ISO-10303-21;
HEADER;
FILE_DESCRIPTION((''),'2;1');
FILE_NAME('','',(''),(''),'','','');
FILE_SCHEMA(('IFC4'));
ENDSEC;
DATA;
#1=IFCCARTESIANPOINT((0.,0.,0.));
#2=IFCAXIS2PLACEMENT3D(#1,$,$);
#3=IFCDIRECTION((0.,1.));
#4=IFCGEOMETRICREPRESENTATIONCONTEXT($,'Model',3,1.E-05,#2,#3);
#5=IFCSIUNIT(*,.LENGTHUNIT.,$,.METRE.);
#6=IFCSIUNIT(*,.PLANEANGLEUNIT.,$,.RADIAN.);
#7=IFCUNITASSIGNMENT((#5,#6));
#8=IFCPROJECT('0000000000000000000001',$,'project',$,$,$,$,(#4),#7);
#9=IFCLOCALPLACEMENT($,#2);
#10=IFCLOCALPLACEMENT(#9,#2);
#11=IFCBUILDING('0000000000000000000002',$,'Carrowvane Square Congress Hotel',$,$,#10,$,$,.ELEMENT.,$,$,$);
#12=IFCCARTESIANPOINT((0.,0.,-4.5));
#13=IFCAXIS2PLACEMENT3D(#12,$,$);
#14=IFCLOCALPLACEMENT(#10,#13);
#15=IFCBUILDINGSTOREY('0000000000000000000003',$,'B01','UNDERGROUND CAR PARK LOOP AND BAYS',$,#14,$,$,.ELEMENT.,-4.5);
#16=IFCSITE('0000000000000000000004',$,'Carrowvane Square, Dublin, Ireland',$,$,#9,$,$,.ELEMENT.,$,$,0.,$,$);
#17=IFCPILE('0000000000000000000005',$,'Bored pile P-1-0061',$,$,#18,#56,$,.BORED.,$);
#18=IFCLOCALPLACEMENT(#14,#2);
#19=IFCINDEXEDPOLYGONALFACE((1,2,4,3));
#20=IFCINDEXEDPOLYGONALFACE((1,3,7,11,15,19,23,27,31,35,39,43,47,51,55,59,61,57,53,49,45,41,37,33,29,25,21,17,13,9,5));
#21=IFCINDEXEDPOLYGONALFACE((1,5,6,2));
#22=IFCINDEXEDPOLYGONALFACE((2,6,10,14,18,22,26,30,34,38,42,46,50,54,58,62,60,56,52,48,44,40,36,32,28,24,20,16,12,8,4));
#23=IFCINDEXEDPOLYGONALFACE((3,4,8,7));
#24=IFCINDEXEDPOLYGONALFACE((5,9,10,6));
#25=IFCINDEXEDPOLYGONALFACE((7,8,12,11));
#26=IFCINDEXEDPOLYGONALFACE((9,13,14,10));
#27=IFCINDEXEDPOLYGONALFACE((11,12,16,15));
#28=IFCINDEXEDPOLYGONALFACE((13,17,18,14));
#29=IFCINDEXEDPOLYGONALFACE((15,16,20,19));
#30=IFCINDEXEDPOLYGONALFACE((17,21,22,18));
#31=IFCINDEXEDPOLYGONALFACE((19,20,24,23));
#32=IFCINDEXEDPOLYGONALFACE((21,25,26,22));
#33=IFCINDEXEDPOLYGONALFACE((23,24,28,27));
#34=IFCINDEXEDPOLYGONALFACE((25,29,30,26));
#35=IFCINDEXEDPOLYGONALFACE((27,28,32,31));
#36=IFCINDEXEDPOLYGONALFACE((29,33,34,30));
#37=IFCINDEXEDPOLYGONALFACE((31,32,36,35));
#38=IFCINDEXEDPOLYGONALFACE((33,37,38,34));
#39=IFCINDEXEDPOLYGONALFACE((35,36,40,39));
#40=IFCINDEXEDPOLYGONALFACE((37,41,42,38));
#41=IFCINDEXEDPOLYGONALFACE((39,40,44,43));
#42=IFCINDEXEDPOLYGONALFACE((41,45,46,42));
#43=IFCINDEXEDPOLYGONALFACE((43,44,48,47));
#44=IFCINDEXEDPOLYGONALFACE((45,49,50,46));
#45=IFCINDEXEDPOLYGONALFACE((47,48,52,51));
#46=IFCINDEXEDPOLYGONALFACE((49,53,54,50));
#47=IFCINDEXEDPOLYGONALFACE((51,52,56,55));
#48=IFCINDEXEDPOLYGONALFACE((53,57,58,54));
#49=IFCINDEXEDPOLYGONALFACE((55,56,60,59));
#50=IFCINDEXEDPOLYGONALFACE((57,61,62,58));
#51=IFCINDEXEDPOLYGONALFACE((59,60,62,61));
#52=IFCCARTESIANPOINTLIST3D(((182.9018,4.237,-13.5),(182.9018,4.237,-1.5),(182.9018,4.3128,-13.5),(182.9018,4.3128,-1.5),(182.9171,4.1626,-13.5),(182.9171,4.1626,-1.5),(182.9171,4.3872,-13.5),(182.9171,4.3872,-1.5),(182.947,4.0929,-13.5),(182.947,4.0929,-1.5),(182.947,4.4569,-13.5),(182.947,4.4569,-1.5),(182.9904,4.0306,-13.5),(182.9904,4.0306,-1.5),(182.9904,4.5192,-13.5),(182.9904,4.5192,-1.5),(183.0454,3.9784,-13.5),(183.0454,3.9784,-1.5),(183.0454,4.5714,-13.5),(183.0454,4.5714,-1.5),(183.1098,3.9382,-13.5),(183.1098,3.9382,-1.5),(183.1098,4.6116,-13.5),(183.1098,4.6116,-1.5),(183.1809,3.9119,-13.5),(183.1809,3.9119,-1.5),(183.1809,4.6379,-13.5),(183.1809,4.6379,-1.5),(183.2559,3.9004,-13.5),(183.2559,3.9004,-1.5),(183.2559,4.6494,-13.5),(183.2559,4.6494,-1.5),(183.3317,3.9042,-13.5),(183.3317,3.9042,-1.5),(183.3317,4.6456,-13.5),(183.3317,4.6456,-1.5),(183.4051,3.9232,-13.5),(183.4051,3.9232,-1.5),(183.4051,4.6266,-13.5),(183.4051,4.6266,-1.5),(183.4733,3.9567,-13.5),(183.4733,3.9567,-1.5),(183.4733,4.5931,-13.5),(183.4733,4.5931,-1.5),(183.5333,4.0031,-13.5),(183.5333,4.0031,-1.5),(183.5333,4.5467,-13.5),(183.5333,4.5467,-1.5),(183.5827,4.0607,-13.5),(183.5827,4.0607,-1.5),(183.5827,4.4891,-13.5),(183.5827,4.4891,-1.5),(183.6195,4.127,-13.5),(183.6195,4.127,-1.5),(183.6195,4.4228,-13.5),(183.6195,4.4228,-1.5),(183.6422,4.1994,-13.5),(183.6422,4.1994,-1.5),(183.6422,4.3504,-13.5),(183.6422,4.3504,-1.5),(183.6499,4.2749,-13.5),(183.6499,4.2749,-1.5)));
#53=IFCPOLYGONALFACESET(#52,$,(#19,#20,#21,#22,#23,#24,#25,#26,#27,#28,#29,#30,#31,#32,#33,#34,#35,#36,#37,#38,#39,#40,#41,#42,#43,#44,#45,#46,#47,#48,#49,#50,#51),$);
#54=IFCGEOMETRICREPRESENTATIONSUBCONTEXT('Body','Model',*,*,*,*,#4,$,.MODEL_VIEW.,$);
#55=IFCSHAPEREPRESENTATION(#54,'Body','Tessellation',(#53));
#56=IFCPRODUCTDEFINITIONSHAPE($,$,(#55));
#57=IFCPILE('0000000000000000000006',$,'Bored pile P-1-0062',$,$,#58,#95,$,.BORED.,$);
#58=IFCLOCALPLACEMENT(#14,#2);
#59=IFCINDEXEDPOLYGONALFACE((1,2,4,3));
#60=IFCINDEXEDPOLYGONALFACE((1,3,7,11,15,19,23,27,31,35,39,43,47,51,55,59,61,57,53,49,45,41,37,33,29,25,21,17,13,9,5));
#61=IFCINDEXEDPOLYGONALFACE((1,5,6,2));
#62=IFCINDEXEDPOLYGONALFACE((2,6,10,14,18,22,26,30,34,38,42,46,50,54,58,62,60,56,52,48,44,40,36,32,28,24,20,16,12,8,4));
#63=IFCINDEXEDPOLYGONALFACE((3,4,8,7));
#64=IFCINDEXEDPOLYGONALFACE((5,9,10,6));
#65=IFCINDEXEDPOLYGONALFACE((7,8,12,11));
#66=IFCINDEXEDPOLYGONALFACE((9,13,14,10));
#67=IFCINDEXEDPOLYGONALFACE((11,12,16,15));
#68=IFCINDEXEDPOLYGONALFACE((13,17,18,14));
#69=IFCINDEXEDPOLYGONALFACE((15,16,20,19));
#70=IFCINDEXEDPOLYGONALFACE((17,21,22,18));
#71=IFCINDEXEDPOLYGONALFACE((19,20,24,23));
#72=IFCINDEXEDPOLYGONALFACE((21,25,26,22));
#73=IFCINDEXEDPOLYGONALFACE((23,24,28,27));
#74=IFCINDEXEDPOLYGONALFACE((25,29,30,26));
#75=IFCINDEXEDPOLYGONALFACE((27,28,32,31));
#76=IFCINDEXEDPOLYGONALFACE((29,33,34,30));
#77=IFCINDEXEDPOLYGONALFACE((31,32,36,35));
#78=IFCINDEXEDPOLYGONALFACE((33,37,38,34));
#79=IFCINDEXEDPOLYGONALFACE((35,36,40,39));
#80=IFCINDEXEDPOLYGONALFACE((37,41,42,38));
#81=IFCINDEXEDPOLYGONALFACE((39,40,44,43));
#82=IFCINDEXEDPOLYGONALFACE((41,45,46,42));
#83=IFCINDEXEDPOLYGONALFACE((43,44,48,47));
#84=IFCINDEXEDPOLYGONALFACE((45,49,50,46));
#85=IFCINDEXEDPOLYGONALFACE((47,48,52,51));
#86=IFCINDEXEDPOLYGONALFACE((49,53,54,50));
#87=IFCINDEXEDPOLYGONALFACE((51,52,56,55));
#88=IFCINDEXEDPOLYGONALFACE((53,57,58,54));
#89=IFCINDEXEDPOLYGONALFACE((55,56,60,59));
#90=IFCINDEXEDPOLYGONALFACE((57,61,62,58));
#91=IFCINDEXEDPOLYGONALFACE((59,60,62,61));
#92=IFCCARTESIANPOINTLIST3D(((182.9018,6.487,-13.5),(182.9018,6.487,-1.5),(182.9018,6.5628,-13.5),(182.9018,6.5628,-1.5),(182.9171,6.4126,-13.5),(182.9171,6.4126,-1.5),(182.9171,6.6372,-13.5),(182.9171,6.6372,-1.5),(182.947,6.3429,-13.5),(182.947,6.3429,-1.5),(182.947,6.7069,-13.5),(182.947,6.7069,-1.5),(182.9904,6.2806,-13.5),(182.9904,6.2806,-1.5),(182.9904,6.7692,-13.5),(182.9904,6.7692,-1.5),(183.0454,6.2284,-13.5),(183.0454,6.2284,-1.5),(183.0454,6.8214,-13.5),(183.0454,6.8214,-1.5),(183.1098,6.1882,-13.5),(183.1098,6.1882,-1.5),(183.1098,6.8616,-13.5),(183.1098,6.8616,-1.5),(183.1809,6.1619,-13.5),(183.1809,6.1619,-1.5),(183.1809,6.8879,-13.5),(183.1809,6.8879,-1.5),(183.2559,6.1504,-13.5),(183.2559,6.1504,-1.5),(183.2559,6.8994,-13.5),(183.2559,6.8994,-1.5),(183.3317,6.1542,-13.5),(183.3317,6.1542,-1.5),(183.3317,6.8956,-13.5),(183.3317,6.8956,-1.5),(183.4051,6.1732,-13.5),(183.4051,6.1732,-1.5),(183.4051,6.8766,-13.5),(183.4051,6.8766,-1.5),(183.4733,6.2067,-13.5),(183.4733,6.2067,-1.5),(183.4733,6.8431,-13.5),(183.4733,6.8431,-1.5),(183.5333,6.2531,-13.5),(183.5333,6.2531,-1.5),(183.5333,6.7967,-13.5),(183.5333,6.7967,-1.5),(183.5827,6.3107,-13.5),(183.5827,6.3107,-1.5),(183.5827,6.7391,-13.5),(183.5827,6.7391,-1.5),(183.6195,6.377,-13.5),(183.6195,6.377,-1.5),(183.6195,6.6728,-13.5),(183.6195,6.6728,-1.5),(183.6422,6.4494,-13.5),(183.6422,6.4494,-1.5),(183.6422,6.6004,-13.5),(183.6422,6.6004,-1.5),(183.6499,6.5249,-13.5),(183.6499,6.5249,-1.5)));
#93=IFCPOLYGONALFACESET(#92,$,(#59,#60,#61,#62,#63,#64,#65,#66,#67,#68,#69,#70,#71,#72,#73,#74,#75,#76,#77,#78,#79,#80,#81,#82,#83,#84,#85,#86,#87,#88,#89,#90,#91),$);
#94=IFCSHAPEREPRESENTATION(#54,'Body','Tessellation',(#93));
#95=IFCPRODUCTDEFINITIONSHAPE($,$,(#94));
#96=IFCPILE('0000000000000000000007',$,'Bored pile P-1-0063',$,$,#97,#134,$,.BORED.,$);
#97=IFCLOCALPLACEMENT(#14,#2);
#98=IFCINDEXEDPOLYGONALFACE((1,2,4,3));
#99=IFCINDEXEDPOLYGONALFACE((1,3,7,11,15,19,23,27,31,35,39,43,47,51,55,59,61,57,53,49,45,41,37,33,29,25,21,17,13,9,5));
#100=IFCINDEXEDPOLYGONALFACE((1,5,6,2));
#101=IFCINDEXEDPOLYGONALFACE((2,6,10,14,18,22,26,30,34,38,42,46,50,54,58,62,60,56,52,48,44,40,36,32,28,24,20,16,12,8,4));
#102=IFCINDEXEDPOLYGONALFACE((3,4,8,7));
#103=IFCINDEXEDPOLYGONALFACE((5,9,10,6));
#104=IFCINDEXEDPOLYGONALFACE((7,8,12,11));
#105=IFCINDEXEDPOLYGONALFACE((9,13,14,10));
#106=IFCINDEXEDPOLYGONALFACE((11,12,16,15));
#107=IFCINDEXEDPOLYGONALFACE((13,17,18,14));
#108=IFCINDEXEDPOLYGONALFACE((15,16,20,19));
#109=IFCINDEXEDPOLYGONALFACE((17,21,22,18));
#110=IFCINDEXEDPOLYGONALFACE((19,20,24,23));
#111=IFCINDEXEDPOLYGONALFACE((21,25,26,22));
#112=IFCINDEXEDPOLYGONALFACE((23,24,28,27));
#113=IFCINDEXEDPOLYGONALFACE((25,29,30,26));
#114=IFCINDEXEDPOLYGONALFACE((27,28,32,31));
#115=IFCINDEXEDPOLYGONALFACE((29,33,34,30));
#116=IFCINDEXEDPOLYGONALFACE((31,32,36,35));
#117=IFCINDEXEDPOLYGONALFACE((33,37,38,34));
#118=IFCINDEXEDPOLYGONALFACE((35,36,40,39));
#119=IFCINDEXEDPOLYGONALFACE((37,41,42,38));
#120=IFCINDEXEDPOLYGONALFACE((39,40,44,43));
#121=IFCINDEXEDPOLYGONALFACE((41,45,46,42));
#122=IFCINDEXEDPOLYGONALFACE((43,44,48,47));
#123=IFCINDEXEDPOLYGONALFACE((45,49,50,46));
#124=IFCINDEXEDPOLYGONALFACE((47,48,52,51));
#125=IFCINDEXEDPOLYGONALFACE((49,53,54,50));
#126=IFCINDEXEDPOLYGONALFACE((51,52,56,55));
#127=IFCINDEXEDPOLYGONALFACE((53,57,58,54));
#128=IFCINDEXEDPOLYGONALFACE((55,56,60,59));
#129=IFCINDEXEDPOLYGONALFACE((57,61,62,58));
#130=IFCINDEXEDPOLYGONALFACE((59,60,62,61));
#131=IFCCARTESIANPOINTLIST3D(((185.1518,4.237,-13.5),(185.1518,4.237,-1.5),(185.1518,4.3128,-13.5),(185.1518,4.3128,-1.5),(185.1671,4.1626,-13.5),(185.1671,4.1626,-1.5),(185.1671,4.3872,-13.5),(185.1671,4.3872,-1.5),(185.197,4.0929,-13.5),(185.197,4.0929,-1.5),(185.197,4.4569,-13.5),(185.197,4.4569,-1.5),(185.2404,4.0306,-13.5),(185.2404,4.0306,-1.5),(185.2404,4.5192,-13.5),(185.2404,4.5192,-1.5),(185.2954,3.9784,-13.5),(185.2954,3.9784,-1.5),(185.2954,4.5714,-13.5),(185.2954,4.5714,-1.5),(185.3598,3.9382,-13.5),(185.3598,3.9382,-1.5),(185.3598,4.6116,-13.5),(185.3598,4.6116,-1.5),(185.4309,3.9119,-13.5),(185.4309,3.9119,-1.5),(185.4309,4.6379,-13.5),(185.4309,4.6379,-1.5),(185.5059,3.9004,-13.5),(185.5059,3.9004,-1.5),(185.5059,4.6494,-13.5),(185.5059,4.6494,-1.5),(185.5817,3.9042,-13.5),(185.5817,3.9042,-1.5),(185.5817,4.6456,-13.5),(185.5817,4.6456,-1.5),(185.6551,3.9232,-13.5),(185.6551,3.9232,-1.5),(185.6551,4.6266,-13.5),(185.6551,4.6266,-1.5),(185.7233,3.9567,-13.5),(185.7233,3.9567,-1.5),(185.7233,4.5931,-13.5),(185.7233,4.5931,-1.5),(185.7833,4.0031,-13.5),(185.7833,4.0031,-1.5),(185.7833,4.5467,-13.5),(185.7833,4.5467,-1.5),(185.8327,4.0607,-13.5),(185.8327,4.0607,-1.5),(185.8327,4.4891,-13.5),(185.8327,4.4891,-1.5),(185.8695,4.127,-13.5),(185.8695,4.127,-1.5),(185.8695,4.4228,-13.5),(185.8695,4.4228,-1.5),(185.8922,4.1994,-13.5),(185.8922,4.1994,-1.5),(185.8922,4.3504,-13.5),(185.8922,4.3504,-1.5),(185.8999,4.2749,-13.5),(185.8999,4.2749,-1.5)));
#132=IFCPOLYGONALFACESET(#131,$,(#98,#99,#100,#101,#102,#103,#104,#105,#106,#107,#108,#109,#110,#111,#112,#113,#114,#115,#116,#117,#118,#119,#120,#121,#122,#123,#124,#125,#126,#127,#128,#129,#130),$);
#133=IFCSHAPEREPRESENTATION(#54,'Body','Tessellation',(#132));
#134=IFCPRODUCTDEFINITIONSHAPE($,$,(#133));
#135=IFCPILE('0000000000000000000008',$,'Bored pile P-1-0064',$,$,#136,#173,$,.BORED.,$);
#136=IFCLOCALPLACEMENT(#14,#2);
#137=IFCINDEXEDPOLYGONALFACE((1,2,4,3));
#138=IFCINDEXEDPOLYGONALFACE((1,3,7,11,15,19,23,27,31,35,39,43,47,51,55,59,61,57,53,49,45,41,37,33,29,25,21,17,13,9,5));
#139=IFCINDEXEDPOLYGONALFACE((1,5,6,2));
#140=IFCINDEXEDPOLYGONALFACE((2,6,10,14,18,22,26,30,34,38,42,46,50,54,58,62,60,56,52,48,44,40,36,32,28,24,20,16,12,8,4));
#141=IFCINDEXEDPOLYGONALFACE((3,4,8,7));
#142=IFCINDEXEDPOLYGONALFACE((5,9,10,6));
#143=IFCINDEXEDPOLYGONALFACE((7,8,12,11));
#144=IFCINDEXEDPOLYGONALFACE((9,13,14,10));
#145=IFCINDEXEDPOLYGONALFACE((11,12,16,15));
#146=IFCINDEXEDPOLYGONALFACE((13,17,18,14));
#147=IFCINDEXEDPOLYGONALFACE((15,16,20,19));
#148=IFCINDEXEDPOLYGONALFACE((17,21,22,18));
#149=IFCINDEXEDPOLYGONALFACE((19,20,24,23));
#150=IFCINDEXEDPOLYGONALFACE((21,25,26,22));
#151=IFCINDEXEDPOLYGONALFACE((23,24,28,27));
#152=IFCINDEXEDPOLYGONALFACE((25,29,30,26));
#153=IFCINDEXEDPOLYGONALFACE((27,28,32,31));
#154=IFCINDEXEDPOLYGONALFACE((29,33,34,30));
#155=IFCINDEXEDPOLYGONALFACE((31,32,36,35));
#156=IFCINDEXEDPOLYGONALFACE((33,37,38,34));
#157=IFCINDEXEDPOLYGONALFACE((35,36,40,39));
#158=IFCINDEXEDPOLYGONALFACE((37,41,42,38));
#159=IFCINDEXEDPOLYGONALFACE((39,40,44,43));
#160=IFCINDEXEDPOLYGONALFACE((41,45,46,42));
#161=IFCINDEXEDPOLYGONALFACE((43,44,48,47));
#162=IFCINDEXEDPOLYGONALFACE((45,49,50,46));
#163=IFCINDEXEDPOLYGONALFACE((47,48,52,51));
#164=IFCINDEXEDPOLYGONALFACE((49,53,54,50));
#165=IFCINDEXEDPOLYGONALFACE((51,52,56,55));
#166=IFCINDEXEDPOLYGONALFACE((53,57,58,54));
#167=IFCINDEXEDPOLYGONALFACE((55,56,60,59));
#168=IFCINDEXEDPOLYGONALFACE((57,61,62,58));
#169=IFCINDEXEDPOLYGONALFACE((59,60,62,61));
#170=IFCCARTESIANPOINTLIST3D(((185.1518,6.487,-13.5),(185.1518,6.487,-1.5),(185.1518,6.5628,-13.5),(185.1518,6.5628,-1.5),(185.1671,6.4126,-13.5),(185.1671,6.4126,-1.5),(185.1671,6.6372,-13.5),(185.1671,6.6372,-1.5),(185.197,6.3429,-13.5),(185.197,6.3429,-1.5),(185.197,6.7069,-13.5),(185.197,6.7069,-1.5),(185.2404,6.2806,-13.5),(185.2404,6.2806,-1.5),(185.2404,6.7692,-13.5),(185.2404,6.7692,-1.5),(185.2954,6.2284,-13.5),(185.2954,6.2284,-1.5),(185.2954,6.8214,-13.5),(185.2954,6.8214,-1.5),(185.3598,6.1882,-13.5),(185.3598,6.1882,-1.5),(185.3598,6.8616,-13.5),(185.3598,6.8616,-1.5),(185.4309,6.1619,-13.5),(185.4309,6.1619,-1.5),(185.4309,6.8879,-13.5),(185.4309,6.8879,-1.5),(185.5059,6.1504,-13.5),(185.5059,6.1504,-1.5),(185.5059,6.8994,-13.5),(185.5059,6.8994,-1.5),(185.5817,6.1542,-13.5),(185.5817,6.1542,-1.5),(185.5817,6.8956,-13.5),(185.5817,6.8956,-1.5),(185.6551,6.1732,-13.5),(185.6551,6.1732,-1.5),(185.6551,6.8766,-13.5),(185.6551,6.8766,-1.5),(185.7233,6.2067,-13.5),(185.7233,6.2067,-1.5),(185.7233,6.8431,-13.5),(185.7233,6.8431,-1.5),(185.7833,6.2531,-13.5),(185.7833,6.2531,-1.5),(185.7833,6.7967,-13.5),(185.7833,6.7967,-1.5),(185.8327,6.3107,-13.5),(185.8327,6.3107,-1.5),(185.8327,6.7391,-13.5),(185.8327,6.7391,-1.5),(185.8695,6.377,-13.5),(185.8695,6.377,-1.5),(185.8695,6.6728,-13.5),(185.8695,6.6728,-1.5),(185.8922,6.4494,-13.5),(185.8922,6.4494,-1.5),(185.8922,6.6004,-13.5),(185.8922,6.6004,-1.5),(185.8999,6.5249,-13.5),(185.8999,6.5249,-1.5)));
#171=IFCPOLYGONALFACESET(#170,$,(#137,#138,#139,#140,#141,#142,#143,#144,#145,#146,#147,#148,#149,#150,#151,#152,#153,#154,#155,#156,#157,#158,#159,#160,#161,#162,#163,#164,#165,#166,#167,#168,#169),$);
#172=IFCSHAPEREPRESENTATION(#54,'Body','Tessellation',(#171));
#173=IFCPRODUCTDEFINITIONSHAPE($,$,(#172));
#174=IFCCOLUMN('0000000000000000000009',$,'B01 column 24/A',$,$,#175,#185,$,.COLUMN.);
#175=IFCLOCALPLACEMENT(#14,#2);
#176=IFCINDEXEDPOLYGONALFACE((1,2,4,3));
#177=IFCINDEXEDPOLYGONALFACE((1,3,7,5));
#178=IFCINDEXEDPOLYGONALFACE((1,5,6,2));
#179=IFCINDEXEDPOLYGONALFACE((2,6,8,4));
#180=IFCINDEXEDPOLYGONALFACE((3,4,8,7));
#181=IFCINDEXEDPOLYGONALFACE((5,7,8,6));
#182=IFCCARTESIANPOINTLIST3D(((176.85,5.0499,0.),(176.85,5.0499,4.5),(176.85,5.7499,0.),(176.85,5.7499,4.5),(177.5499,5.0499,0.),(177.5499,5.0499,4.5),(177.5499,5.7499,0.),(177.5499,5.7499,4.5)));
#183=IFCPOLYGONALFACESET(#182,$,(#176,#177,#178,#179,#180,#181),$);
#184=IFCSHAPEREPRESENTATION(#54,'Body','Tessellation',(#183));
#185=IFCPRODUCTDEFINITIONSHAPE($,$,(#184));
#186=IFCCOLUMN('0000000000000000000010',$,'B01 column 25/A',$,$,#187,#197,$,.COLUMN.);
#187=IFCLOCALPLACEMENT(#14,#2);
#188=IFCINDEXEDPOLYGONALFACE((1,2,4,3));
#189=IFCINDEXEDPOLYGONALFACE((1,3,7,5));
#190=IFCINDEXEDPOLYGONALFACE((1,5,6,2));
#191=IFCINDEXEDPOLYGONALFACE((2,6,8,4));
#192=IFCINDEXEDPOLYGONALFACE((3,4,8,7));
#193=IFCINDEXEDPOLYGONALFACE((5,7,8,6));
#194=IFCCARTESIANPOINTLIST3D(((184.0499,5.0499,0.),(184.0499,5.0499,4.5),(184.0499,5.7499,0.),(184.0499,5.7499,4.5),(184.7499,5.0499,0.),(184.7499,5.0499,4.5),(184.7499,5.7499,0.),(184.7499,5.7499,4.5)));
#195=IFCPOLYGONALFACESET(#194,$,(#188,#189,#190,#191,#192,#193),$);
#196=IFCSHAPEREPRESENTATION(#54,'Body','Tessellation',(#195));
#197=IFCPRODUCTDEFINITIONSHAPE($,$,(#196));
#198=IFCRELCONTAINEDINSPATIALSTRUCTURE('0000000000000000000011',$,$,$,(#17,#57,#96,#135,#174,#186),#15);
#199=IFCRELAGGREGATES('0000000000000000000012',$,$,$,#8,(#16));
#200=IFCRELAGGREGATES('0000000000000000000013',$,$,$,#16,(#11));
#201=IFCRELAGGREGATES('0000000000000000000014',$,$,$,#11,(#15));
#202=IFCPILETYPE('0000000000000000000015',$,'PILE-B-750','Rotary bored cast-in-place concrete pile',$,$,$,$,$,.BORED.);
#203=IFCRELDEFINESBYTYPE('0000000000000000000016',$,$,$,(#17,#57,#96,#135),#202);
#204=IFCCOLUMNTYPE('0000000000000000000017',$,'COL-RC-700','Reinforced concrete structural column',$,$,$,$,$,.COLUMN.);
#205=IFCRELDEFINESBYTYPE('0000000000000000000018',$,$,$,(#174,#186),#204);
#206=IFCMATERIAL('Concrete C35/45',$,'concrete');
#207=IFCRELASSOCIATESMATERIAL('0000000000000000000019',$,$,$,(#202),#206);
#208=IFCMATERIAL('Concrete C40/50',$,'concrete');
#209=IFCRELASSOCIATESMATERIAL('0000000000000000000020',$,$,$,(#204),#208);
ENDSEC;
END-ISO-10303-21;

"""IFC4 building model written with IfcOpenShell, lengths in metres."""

from ifc_helpers import new_model, si_unit, direction, frame, origin, origin_2d, place, context, subcontext, project, spatial, rectangle, circle, extrude, material, material_profile, profile_set, type_object, element, save


model = new_model("IFC4")

# Units and contexts
model_context = context("Model", 3, precision=1e-05, world=origin(), true_north=direction((0.0, 1.0)))
body_context = subcontext(model_context, "Body", "Model", "MODEL_VIEW")
ifc_project = project(units=[si_unit("LENGTHUNIT", "METRE"), si_unit("PLANEANGLEUNIT", "RADIAN")], contexts=[model_context])

# Site, building, storey
site_placement = place(None, origin())
site = spatial("IfcSite", under=ifc_project, at=site_placement, Name="Carrowvane Square, Dublin, Ireland", CompositionType="ELEMENT", RefElevation=0.0)
building_placement = place(site_placement, origin())
building = spatial("IfcBuilding", under=site, at=building_placement, Name="Carrowvane Square Congress Hotel", CompositionType="ELEMENT")
storey_placement = place(building_placement, frame((0.0, 0.0, -4.5)))
storey = spatial("IfcBuildingStorey", under=building, at=storey_placement, Name="B01", Description="UNDERGROUND CAR PARK LOOP AND BAYS", CompositionType="ELEMENT", Elevation=-4.5)

# Piles
ifc_material_1 = material(Name="Concrete C35/45", Category="concrete")
ifc_material_profile_1 = material_profile(ifc_material_1, circle(Radius=0.375, at=origin_2d()), Name="PILE D750")
ifc_profile_set_1 = profile_set([ifc_material_profile_1], Name="Concrete C35/45")
pile_type_1 = type_object("IfcPileType", Name="PILE-B-750", Description="Rotary bored cast-in-place concrete pile", PredefinedType="BORED", material=ifc_profile_set_1)
for number, where, z_axis, x_axis, name in (
    (1, (183.2749, 4.2749, -1.5), (0.0, 0.0, -1.0), (1.0, 0.0, 0.0), "Bored pile P-1-0061"),
    (2, (183.2749, 6.5249, -1.5), (0.0, 0.0, -1.0), (1.0, 0.0, 0.0), "Bored pile P-1-0062"),
    (3, (185.5249, 4.2749, -1.5), (0.0, 0.0, -1.0), (1.0, 0.0, 0.0), "Bored pile P-1-0063"),
    (4, (185.5249, 6.5249, -1.5), (0.0, 0.0, -1.0), (1.0, 0.0, 0.0), "Bored pile P-1-0064"),
):
    element("IfcPile", number, at=place(storey_placement, frame(where, z_axis=z_axis, x_axis=x_axis)), inside=storey, type_object=pile_type_1, Name=name, PredefinedType="BORED", context=body_context, shape_type="SweptSolid", body=[
        extrude(circle(Radius=0.375, at=origin_2d()), origin(), (0.0, 0.0, 1.0), 12.0),
    ])

# Columns
ifc_material_2 = material(Name="Concrete C40/50", Category="concrete")
ifc_material_profile_2 = material_profile(ifc_material_2, rectangle(XDim=0.7, YDim=0.7, at=origin_2d()), Name="RC 700x700")
ifc_profile_set_2 = profile_set([ifc_material_profile_2], Name="Concrete C40/50")
column_type = type_object("IfcColumnType", Name="COL-RC-700", Description="Reinforced concrete structural column", PredefinedType="COLUMN", material=ifc_profile_set_2)
for number, where, z_axis, x_axis, name in (
    (5, (177.2, 5.3999, 0.0), (0.0, 0.0, 1.0), (1.0, 0.0, 0.0), "B01 column 24/A"),
    (6, (184.3999, 5.3999, 0.0), (0.0, 0.0, 1.0), (1.0, 0.0, 0.0), "B01 column 25/A"),
):
    element("IfcColumn", number, at=place(storey_placement, frame(where, z_axis=z_axis, x_axis=x_axis)), inside=storey, type_object=column_type, Name=name, PredefinedType="COLUMN", context=body_context, shape_type="SweptSolid", body=[
        extrude(rectangle(XDim=0.7, YDim=0.7, at=origin_2d()), origin(), (0.0, 0.0, 1.0), 4.5),
    ])

save(model, "model.ifc")
